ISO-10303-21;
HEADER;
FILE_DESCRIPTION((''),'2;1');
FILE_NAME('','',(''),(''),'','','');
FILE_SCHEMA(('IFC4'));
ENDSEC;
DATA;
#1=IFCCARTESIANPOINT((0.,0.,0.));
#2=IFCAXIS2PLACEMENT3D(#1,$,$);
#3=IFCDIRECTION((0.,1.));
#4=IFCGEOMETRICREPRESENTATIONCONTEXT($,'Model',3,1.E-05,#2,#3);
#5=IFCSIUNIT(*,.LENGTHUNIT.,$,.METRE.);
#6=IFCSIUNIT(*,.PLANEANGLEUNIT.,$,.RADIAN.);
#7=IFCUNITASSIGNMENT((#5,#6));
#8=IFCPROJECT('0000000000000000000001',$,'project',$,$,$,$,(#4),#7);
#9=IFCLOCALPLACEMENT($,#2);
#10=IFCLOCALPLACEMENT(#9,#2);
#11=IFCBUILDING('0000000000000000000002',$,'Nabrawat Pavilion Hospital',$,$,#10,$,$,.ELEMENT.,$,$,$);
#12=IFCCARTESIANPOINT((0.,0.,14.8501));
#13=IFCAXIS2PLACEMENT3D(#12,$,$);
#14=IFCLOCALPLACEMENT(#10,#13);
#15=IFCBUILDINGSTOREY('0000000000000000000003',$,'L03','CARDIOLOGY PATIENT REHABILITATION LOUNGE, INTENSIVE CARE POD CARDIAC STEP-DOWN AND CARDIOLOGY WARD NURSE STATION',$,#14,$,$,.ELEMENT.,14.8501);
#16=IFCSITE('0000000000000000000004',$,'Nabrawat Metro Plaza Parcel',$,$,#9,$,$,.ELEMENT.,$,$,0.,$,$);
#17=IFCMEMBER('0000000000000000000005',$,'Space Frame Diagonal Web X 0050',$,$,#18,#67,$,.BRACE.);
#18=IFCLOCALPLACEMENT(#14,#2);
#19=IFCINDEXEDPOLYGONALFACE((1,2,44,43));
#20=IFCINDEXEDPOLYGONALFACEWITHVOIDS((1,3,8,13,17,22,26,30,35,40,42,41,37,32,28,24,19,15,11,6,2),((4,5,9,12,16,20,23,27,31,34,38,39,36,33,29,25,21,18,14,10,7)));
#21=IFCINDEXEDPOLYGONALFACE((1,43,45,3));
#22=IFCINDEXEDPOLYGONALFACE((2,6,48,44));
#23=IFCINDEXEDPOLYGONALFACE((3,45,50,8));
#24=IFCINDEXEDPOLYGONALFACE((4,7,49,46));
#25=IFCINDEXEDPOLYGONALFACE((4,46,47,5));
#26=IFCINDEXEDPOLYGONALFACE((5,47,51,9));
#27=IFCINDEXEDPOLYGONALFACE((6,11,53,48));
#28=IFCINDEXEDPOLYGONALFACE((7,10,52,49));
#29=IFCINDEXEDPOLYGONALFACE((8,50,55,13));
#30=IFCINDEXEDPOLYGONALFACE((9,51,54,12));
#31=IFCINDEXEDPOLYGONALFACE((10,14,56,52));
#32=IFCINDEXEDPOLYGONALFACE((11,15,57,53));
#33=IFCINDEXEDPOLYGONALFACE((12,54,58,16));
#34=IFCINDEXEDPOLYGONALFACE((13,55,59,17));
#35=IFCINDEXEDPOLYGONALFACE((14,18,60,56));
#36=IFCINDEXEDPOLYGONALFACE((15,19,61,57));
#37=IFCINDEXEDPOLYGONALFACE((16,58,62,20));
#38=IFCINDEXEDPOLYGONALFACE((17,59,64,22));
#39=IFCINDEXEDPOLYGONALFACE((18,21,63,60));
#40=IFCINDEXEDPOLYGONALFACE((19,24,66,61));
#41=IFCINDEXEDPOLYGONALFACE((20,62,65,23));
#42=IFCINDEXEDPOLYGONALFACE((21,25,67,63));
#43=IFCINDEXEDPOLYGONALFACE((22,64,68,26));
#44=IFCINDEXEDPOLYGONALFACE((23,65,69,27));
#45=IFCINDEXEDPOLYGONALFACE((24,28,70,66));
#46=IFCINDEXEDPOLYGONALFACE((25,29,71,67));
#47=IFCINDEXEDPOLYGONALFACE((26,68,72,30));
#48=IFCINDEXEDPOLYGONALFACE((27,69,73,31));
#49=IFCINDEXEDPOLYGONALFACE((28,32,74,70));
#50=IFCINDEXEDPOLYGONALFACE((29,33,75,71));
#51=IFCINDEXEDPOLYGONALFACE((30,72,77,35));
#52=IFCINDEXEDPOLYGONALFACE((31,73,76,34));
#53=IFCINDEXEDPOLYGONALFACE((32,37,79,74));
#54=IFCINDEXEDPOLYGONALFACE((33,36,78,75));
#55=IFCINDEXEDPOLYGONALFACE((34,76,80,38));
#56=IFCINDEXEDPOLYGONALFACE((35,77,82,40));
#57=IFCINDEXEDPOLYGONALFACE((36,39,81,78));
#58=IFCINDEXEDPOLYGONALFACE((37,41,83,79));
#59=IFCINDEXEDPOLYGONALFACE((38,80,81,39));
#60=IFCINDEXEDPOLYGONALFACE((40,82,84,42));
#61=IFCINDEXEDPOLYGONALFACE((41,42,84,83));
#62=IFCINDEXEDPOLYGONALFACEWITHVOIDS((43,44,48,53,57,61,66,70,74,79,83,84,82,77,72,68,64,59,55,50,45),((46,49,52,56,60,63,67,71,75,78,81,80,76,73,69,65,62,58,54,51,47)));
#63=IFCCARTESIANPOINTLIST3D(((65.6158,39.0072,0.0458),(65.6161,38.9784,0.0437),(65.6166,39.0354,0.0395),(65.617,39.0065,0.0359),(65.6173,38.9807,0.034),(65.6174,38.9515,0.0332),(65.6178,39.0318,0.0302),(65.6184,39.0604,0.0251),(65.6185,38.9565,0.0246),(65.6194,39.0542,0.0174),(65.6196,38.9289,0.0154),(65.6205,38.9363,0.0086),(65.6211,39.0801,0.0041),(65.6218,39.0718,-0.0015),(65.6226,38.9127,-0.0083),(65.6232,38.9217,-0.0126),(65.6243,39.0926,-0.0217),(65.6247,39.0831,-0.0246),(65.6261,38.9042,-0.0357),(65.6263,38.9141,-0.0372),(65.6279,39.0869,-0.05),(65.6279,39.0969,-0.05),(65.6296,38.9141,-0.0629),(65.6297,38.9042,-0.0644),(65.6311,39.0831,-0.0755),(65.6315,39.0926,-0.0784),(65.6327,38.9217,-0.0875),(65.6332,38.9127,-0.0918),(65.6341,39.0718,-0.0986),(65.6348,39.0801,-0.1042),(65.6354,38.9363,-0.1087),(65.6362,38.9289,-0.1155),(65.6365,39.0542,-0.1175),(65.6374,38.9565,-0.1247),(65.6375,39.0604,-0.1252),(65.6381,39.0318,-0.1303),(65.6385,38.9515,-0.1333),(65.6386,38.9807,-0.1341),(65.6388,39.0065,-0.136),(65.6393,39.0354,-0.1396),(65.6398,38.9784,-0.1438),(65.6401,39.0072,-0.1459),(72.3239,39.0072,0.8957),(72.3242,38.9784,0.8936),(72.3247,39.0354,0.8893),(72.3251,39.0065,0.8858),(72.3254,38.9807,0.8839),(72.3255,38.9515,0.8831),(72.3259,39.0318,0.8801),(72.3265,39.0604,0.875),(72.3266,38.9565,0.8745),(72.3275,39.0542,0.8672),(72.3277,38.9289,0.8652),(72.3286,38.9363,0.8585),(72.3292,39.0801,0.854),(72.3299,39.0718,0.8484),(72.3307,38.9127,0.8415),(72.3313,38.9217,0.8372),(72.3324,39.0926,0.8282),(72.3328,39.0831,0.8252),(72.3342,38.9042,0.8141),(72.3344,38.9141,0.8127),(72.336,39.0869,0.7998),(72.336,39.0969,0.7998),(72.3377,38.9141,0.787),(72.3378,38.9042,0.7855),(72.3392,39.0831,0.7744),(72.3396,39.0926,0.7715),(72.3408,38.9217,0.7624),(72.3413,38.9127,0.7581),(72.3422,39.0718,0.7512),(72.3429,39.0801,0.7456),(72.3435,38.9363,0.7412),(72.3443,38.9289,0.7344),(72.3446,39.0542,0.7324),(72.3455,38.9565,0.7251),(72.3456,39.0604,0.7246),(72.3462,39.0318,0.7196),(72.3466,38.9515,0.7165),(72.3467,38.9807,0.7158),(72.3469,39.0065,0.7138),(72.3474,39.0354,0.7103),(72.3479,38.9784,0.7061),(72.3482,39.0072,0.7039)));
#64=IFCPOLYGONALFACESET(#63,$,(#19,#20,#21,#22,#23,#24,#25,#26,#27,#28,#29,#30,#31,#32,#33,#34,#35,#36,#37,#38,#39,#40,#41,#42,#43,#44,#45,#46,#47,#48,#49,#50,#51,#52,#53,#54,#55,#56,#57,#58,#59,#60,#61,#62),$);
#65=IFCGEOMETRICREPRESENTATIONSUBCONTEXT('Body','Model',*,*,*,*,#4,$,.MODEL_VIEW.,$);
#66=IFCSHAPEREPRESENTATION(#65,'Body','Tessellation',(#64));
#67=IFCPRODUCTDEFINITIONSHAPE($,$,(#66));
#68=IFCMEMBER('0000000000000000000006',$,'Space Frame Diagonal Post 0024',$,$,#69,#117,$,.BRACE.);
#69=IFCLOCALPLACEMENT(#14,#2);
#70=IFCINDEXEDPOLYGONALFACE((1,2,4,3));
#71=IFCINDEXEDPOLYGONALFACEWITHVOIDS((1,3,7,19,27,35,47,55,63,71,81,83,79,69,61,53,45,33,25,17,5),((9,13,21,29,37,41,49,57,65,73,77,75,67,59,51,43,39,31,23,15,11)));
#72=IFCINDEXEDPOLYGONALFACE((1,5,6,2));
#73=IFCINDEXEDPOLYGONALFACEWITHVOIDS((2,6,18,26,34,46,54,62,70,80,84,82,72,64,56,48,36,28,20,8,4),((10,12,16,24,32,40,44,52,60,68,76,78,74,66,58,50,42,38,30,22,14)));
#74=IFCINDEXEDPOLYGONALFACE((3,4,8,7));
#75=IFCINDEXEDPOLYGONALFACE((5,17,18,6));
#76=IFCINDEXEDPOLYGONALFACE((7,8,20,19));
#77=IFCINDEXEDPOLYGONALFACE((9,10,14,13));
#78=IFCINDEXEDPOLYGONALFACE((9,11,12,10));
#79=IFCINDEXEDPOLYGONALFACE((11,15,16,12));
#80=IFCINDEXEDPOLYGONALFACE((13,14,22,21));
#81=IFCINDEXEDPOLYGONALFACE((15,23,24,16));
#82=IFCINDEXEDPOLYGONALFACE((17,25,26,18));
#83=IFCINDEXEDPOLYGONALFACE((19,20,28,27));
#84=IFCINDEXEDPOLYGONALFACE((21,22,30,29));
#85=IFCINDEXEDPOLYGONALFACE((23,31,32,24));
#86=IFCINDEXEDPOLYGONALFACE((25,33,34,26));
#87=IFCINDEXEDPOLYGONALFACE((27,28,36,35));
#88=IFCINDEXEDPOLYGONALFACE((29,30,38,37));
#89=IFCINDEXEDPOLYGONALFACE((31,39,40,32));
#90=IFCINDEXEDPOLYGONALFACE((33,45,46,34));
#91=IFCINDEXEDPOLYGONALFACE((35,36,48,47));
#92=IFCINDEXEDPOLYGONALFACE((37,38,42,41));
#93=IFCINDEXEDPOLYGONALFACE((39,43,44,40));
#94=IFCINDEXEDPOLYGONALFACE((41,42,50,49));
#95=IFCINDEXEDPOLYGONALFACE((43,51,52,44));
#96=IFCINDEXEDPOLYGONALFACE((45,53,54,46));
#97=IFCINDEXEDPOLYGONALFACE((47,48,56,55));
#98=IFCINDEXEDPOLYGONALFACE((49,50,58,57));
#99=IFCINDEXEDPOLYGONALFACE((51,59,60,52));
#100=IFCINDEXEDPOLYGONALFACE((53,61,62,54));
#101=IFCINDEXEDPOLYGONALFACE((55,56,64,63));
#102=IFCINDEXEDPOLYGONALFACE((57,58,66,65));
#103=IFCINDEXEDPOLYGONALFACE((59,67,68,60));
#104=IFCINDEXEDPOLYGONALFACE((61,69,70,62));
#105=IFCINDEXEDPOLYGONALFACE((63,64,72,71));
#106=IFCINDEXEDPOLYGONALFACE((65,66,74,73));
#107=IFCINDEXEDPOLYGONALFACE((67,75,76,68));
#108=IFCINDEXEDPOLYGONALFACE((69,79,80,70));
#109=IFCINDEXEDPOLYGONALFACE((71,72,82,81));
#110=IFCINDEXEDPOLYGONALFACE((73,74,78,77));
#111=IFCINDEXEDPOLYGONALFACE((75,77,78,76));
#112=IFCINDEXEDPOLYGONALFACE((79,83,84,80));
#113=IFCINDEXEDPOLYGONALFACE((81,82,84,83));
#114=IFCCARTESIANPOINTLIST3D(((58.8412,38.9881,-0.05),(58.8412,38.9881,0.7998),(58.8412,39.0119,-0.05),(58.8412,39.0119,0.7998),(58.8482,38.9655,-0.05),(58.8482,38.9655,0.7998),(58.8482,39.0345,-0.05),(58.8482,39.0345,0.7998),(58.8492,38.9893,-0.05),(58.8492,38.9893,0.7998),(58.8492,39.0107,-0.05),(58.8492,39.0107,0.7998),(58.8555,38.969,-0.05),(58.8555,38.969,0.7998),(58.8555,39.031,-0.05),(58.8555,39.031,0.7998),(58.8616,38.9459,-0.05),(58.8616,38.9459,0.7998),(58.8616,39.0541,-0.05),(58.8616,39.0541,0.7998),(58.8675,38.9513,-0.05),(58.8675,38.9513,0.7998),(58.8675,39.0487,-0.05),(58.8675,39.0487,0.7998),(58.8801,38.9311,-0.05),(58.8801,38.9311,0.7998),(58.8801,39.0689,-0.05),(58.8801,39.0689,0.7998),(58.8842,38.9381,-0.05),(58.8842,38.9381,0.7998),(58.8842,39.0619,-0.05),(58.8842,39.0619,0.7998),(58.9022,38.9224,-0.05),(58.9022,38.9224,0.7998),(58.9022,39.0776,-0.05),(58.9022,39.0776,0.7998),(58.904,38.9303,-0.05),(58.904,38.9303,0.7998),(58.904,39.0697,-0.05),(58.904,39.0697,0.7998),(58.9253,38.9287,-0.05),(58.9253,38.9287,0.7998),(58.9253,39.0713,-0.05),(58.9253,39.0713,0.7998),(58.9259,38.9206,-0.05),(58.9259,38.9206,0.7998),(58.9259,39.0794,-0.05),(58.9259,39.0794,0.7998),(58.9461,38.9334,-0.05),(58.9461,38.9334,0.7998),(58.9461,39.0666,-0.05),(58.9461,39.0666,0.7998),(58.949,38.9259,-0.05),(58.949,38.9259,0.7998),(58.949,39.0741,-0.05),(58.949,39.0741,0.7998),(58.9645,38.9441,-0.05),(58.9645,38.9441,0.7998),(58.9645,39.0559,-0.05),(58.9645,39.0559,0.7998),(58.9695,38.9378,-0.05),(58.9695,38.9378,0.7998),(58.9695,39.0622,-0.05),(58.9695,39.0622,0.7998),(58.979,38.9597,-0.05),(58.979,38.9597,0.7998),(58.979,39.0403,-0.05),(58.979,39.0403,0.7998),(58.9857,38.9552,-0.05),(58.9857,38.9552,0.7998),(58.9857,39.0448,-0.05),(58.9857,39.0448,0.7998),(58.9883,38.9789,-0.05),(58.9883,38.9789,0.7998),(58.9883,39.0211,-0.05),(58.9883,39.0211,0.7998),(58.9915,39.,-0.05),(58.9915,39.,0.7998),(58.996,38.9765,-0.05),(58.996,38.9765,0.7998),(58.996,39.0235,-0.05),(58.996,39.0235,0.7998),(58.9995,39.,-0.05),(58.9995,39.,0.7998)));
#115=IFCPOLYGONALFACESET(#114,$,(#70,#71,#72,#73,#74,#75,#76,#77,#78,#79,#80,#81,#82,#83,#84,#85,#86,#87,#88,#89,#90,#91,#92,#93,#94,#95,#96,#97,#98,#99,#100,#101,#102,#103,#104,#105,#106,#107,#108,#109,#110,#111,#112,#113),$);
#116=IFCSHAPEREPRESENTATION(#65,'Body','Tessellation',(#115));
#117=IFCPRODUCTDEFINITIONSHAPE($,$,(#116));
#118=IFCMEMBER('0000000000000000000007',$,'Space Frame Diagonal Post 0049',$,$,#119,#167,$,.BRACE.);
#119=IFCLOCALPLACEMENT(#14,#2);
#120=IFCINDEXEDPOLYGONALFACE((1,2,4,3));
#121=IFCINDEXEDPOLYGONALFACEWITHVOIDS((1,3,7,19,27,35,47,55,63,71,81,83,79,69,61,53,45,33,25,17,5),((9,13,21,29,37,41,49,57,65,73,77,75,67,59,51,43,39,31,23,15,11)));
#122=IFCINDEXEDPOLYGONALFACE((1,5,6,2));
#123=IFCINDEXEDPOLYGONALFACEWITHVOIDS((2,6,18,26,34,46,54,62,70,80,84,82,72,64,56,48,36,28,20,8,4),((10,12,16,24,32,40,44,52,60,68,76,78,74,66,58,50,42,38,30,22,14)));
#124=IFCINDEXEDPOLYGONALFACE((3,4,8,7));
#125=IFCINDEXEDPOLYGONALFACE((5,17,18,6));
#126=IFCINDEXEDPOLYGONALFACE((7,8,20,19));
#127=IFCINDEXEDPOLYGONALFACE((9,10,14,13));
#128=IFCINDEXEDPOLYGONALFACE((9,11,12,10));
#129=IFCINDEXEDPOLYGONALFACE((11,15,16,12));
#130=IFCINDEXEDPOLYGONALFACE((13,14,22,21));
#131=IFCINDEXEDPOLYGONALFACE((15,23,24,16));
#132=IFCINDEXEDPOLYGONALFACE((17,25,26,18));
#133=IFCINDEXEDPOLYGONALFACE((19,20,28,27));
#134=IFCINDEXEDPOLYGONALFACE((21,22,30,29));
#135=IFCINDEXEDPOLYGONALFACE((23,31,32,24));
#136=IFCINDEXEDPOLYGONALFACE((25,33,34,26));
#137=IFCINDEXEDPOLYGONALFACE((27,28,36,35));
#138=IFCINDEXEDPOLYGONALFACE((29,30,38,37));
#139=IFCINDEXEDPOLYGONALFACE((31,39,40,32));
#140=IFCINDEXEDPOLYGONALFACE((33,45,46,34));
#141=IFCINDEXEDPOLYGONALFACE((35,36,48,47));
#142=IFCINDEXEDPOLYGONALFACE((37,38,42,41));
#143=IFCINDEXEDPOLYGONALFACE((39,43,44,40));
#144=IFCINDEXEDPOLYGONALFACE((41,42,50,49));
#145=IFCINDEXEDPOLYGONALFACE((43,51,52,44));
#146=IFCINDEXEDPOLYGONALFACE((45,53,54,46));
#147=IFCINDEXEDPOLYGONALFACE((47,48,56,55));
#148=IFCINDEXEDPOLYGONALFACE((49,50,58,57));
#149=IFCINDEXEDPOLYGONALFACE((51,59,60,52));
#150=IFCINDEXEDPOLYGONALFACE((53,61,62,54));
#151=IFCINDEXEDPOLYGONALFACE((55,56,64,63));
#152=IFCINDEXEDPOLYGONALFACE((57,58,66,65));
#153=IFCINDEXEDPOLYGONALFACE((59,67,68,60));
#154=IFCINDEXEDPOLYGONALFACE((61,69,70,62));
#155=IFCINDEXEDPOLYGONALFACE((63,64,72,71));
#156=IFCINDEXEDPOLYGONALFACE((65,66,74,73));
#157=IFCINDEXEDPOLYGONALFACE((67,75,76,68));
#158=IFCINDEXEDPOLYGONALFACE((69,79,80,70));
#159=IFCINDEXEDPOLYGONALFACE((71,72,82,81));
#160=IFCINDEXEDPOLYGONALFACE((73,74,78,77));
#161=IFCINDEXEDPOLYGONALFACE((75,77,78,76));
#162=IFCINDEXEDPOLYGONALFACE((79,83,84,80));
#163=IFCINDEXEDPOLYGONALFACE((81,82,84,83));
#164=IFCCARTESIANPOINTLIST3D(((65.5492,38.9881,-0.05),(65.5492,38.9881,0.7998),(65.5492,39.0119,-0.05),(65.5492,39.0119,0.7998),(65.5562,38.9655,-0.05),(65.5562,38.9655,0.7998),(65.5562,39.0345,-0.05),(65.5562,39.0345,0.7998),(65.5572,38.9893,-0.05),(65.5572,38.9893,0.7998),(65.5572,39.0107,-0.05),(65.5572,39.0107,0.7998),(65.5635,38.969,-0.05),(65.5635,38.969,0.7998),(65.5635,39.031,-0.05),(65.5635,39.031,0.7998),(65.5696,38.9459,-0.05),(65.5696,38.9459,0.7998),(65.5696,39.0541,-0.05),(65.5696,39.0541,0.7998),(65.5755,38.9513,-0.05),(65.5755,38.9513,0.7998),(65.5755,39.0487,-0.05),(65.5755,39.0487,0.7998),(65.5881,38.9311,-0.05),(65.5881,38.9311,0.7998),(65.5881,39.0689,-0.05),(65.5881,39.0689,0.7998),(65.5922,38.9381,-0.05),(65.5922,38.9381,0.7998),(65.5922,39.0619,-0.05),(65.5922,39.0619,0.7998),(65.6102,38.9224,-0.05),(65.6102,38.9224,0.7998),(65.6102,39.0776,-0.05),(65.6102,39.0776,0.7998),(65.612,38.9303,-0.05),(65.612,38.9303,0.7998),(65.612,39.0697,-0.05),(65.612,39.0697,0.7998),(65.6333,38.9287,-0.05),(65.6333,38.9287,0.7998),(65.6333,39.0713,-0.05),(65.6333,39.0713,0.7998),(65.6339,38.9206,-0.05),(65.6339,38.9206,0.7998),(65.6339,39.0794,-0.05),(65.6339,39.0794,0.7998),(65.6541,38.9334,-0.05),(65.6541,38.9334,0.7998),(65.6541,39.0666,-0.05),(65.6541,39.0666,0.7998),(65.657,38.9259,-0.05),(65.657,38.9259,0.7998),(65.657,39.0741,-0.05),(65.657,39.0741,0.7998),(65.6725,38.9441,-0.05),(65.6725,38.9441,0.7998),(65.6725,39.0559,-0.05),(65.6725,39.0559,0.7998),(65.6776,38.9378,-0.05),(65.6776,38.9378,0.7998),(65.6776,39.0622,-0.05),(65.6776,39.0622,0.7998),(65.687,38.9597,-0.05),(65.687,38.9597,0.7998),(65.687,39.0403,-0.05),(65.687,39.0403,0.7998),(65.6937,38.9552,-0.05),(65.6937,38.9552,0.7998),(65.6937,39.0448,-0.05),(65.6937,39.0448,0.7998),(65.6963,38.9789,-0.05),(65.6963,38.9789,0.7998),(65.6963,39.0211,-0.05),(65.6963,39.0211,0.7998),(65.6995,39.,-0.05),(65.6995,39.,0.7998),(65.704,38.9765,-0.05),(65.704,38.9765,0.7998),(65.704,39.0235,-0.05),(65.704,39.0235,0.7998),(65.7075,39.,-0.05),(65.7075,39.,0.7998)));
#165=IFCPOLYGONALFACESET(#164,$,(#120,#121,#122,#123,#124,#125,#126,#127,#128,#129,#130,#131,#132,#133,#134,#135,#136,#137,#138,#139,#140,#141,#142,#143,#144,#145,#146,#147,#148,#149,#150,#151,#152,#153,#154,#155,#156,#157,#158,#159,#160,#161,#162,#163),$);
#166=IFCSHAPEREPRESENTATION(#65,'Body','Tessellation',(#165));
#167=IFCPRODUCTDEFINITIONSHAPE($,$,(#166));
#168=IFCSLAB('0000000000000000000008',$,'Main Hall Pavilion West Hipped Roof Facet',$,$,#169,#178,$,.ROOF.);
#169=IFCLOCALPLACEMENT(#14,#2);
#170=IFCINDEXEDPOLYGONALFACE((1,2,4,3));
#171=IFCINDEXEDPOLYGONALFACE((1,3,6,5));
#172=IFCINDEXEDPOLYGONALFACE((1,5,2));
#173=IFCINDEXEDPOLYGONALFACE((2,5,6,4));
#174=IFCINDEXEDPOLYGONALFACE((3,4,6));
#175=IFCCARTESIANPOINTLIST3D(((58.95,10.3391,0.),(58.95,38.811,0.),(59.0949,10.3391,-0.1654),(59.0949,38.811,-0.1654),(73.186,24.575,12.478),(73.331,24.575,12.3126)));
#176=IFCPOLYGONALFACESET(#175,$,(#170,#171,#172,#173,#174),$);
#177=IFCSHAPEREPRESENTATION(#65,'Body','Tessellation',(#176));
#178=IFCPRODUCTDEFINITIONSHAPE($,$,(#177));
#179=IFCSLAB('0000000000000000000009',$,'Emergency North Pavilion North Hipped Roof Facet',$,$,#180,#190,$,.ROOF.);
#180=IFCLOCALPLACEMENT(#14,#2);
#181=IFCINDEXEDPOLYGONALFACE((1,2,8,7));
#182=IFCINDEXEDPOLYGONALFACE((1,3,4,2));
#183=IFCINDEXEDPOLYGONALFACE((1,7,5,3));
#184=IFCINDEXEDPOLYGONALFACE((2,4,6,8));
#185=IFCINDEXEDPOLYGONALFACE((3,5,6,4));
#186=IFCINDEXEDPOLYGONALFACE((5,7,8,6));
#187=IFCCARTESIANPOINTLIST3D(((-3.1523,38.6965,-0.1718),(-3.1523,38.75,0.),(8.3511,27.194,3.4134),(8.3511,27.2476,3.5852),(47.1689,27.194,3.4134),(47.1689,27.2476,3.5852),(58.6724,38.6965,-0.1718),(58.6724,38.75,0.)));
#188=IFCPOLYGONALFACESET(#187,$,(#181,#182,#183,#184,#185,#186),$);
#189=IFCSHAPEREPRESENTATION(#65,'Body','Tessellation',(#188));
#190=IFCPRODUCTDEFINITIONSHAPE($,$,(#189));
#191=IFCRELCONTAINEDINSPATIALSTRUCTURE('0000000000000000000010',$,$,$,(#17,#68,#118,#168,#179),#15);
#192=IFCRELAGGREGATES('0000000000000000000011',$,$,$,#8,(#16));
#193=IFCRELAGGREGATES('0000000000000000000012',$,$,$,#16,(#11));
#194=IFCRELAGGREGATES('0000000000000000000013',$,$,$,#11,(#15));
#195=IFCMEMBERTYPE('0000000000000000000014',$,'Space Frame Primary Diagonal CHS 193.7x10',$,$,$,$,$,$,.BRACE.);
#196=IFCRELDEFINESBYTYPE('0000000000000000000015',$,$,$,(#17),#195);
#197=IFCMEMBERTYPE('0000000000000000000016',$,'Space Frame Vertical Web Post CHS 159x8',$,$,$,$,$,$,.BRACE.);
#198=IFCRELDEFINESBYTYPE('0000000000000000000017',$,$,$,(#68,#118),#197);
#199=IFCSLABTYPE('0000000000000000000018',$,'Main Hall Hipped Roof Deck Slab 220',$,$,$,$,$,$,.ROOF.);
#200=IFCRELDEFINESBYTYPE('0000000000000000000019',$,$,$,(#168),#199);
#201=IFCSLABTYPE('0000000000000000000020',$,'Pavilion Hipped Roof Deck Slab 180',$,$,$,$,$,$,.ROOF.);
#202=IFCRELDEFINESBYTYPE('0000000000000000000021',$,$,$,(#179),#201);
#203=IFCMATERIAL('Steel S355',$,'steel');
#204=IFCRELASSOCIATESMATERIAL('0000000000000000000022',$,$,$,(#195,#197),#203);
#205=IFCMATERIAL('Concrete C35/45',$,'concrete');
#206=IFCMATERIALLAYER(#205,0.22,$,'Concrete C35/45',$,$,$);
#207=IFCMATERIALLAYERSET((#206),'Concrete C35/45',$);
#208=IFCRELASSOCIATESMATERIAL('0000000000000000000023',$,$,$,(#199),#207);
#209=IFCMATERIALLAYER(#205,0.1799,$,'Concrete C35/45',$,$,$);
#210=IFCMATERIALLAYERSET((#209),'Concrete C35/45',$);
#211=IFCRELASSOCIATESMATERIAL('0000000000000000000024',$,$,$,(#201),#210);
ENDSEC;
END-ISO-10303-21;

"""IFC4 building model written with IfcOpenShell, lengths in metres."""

from ifc_helpers import new_model, si_unit, direction, frame, origin, origin_2d, place, context, subcontext, project, spatial, polyline, hollow_circle, outline, extrude, material, layer, layer_set, material_profile, profile_set, type_object, element, save


model = new_model("IFC4")

# Units and contexts
model_context = context("Model", 3, precision=1e-05, world=origin(), true_north=direction((0.0, 1.0)))
body_context = subcontext(model_context, "Body", "Model", "MODEL_VIEW")
ifc_project = project(units=[si_unit("LENGTHUNIT", "METRE"), si_unit("PLANEANGLEUNIT", "RADIAN")], contexts=[model_context])

# Site, building, storey
site_placement = place(None, origin())
site = spatial("IfcSite", under=ifc_project, at=site_placement, Name="Nabrawat Metro Plaza Parcel", CompositionType="ELEMENT", RefElevation=0.0)
building_placement = place(site_placement, origin())
building = spatial("IfcBuilding", under=site, at=building_placement, Name="Nabrawat Pavilion Hospital", CompositionType="ELEMENT")
storey_placement = place(building_placement, frame((0.0, 0.0, 14.8501)))
storey = spatial("IfcBuildingStorey", under=building, at=storey_placement, Name="L03", Description="CARDIOLOGY PATIENT REHABILITATION LOUNGE, INTENSIVE CARE POD CARDIAC STEP-DOWN AND CARDIOLOGY WARD NURSE STATION", CompositionType="ELEMENT", Elevation=14.8501)

# Shared definitions
ifc_material_1 = material(Name="Steel S355", Category="steel")

# Members
ifc_material_profile_1 = material_profile(ifc_material_1, hollow_circle(Radius=0.0969, WallThickness=0.01, at=origin_2d()), Name="CHS 193.7x10")
ifc_profile_set_1 = profile_set([ifc_material_profile_1], Name="Steel S355")
member_type_1 = type_object("IfcMemberType", Name="Space Frame Primary Diagonal CHS 193.7x10", PredefinedType="BRACE", material=ifc_profile_set_1)
for number, where, z_axis, x_axis, name in (
    (1, (65.6279, 39.0, -0.05), (0.99207, 0.0, 0.125688), (0.0, 1.0, 0.0), "Space Frame Diagonal Web X 0050"),
):
    element("IfcMember", number, at=place(storey_placement, frame(where, z_axis=z_axis, x_axis=x_axis)), inside=storey, type_object=member_type_1, Name=name, PredefinedType="BRACE", context=body_context, shape_type="SweptSolid", body=[
        extrude(hollow_circle(Radius=0.0969, WallThickness=0.01, at=origin_2d()), origin(), (0.0, 0.0, 1.0), 6.7617),
    ])
ifc_material_profile_2 = material_profile(ifc_material_1, hollow_circle(Radius=0.0796, WallThickness=0.0081, at=origin_2d()), Name="CHS 159x8")
ifc_profile_set_2 = profile_set([ifc_material_profile_2], Name="Steel S355")
member_type_2 = type_object("IfcMemberType", Name="Space Frame Vertical Web Post CHS 159x8", PredefinedType="BRACE", material=ifc_profile_set_2)
for number, where, z_axis, x_axis, name in (
    (2, (58.9199, 39.0, -0.05), (0.0, 0.0, 1.0), (1.0, 0.0, 0.0), "Space Frame Diagonal Post 0024"),
    (3, (65.6279, 39.0, -0.05), (0.0, 0.0, 1.0), (1.0, 0.0, 0.0), "Space Frame Diagonal Post 0049"),
):
    element("IfcMember", number, at=place(storey_placement, frame(where, z_axis=z_axis, x_axis=x_axis)), inside=storey, type_object=member_type_2, Name=name, PredefinedType="BRACE", context=body_context, shape_type="SweptSolid", body=[
        extrude(hollow_circle(Radius=0.0796, WallThickness=0.0081, at=origin_2d()), origin(), (0.0, 0.0, 1.0), 0.8499),
    ])

# Slabs
ifc_material_2 = material(Name="Concrete C35/45", Category="concrete")
ifc_layer_1 = layer(ifc_material_2, 0.22, Name="Concrete C35/45")
ifc_layer_set_1 = layer_set([ifc_layer_1], Name="Concrete C35/45")
slab_type_1 = type_object("IfcSlabType", Name="Main Hall Hipped Roof Deck Slab 220", PredefinedType="ROOF", material=ifc_layer_set_1)
slab_1_placement = place(storey_placement, frame((58.95, 38.811, 0.0), z_axis=(-0.659146, 0.0, 0.752015), x_axis=(0.0, -1.0, 0.0)))
element("IfcSlab", 4, at=slab_1_placement, inside=storey, type_object=slab_type_1, Name="Main Hall Pavilion West Hipped Roof Facet", PredefinedType="ROOF", context=body_context, shape_type="SweptSolid", body=[
    extrude(outline(polyline([(0.0, 0.0), (28.4719, 0.0), (14.2361, 18.9306), (0.0, 0.0)])), origin(), (0.0, 0.0, -1.0), 0.22),
])
ifc_layer_2 = layer(ifc_material_2, 0.1799, Name="Concrete C35/45")
ifc_layer_set_2 = layer_set([ifc_layer_2], Name="Concrete C35/45")
slab_type_2 = type_object("IfcSlabType", Name="Pavilion Hipped Roof Deck Slab 180", PredefinedType="ROOF", material=ifc_layer_set_2)
slab_2_placement = place(storey_placement, frame((58.6724, 38.75, 0.0), z_axis=(0.0, 0.297571, 0.9547), x_axis=(-1.0, 0.0, 0.0)))
element("IfcSlab", 5, at=slab_2_placement, inside=storey, type_object=slab_type_2, Name="Emergency North Pavilion North Hipped Roof Facet", PredefinedType="ROOF", context=body_context, shape_type="SweptSolid", body=[
    extrude(outline(polyline([(0.0, 0.0), (61.8247, 0.0), (50.3213, 12.0482), (11.5034, 12.0482), (0.0, 0.0)])), origin(), (0.0, 0.0, -1.0), 0.1799),
])

save(model, "model.ifc")
